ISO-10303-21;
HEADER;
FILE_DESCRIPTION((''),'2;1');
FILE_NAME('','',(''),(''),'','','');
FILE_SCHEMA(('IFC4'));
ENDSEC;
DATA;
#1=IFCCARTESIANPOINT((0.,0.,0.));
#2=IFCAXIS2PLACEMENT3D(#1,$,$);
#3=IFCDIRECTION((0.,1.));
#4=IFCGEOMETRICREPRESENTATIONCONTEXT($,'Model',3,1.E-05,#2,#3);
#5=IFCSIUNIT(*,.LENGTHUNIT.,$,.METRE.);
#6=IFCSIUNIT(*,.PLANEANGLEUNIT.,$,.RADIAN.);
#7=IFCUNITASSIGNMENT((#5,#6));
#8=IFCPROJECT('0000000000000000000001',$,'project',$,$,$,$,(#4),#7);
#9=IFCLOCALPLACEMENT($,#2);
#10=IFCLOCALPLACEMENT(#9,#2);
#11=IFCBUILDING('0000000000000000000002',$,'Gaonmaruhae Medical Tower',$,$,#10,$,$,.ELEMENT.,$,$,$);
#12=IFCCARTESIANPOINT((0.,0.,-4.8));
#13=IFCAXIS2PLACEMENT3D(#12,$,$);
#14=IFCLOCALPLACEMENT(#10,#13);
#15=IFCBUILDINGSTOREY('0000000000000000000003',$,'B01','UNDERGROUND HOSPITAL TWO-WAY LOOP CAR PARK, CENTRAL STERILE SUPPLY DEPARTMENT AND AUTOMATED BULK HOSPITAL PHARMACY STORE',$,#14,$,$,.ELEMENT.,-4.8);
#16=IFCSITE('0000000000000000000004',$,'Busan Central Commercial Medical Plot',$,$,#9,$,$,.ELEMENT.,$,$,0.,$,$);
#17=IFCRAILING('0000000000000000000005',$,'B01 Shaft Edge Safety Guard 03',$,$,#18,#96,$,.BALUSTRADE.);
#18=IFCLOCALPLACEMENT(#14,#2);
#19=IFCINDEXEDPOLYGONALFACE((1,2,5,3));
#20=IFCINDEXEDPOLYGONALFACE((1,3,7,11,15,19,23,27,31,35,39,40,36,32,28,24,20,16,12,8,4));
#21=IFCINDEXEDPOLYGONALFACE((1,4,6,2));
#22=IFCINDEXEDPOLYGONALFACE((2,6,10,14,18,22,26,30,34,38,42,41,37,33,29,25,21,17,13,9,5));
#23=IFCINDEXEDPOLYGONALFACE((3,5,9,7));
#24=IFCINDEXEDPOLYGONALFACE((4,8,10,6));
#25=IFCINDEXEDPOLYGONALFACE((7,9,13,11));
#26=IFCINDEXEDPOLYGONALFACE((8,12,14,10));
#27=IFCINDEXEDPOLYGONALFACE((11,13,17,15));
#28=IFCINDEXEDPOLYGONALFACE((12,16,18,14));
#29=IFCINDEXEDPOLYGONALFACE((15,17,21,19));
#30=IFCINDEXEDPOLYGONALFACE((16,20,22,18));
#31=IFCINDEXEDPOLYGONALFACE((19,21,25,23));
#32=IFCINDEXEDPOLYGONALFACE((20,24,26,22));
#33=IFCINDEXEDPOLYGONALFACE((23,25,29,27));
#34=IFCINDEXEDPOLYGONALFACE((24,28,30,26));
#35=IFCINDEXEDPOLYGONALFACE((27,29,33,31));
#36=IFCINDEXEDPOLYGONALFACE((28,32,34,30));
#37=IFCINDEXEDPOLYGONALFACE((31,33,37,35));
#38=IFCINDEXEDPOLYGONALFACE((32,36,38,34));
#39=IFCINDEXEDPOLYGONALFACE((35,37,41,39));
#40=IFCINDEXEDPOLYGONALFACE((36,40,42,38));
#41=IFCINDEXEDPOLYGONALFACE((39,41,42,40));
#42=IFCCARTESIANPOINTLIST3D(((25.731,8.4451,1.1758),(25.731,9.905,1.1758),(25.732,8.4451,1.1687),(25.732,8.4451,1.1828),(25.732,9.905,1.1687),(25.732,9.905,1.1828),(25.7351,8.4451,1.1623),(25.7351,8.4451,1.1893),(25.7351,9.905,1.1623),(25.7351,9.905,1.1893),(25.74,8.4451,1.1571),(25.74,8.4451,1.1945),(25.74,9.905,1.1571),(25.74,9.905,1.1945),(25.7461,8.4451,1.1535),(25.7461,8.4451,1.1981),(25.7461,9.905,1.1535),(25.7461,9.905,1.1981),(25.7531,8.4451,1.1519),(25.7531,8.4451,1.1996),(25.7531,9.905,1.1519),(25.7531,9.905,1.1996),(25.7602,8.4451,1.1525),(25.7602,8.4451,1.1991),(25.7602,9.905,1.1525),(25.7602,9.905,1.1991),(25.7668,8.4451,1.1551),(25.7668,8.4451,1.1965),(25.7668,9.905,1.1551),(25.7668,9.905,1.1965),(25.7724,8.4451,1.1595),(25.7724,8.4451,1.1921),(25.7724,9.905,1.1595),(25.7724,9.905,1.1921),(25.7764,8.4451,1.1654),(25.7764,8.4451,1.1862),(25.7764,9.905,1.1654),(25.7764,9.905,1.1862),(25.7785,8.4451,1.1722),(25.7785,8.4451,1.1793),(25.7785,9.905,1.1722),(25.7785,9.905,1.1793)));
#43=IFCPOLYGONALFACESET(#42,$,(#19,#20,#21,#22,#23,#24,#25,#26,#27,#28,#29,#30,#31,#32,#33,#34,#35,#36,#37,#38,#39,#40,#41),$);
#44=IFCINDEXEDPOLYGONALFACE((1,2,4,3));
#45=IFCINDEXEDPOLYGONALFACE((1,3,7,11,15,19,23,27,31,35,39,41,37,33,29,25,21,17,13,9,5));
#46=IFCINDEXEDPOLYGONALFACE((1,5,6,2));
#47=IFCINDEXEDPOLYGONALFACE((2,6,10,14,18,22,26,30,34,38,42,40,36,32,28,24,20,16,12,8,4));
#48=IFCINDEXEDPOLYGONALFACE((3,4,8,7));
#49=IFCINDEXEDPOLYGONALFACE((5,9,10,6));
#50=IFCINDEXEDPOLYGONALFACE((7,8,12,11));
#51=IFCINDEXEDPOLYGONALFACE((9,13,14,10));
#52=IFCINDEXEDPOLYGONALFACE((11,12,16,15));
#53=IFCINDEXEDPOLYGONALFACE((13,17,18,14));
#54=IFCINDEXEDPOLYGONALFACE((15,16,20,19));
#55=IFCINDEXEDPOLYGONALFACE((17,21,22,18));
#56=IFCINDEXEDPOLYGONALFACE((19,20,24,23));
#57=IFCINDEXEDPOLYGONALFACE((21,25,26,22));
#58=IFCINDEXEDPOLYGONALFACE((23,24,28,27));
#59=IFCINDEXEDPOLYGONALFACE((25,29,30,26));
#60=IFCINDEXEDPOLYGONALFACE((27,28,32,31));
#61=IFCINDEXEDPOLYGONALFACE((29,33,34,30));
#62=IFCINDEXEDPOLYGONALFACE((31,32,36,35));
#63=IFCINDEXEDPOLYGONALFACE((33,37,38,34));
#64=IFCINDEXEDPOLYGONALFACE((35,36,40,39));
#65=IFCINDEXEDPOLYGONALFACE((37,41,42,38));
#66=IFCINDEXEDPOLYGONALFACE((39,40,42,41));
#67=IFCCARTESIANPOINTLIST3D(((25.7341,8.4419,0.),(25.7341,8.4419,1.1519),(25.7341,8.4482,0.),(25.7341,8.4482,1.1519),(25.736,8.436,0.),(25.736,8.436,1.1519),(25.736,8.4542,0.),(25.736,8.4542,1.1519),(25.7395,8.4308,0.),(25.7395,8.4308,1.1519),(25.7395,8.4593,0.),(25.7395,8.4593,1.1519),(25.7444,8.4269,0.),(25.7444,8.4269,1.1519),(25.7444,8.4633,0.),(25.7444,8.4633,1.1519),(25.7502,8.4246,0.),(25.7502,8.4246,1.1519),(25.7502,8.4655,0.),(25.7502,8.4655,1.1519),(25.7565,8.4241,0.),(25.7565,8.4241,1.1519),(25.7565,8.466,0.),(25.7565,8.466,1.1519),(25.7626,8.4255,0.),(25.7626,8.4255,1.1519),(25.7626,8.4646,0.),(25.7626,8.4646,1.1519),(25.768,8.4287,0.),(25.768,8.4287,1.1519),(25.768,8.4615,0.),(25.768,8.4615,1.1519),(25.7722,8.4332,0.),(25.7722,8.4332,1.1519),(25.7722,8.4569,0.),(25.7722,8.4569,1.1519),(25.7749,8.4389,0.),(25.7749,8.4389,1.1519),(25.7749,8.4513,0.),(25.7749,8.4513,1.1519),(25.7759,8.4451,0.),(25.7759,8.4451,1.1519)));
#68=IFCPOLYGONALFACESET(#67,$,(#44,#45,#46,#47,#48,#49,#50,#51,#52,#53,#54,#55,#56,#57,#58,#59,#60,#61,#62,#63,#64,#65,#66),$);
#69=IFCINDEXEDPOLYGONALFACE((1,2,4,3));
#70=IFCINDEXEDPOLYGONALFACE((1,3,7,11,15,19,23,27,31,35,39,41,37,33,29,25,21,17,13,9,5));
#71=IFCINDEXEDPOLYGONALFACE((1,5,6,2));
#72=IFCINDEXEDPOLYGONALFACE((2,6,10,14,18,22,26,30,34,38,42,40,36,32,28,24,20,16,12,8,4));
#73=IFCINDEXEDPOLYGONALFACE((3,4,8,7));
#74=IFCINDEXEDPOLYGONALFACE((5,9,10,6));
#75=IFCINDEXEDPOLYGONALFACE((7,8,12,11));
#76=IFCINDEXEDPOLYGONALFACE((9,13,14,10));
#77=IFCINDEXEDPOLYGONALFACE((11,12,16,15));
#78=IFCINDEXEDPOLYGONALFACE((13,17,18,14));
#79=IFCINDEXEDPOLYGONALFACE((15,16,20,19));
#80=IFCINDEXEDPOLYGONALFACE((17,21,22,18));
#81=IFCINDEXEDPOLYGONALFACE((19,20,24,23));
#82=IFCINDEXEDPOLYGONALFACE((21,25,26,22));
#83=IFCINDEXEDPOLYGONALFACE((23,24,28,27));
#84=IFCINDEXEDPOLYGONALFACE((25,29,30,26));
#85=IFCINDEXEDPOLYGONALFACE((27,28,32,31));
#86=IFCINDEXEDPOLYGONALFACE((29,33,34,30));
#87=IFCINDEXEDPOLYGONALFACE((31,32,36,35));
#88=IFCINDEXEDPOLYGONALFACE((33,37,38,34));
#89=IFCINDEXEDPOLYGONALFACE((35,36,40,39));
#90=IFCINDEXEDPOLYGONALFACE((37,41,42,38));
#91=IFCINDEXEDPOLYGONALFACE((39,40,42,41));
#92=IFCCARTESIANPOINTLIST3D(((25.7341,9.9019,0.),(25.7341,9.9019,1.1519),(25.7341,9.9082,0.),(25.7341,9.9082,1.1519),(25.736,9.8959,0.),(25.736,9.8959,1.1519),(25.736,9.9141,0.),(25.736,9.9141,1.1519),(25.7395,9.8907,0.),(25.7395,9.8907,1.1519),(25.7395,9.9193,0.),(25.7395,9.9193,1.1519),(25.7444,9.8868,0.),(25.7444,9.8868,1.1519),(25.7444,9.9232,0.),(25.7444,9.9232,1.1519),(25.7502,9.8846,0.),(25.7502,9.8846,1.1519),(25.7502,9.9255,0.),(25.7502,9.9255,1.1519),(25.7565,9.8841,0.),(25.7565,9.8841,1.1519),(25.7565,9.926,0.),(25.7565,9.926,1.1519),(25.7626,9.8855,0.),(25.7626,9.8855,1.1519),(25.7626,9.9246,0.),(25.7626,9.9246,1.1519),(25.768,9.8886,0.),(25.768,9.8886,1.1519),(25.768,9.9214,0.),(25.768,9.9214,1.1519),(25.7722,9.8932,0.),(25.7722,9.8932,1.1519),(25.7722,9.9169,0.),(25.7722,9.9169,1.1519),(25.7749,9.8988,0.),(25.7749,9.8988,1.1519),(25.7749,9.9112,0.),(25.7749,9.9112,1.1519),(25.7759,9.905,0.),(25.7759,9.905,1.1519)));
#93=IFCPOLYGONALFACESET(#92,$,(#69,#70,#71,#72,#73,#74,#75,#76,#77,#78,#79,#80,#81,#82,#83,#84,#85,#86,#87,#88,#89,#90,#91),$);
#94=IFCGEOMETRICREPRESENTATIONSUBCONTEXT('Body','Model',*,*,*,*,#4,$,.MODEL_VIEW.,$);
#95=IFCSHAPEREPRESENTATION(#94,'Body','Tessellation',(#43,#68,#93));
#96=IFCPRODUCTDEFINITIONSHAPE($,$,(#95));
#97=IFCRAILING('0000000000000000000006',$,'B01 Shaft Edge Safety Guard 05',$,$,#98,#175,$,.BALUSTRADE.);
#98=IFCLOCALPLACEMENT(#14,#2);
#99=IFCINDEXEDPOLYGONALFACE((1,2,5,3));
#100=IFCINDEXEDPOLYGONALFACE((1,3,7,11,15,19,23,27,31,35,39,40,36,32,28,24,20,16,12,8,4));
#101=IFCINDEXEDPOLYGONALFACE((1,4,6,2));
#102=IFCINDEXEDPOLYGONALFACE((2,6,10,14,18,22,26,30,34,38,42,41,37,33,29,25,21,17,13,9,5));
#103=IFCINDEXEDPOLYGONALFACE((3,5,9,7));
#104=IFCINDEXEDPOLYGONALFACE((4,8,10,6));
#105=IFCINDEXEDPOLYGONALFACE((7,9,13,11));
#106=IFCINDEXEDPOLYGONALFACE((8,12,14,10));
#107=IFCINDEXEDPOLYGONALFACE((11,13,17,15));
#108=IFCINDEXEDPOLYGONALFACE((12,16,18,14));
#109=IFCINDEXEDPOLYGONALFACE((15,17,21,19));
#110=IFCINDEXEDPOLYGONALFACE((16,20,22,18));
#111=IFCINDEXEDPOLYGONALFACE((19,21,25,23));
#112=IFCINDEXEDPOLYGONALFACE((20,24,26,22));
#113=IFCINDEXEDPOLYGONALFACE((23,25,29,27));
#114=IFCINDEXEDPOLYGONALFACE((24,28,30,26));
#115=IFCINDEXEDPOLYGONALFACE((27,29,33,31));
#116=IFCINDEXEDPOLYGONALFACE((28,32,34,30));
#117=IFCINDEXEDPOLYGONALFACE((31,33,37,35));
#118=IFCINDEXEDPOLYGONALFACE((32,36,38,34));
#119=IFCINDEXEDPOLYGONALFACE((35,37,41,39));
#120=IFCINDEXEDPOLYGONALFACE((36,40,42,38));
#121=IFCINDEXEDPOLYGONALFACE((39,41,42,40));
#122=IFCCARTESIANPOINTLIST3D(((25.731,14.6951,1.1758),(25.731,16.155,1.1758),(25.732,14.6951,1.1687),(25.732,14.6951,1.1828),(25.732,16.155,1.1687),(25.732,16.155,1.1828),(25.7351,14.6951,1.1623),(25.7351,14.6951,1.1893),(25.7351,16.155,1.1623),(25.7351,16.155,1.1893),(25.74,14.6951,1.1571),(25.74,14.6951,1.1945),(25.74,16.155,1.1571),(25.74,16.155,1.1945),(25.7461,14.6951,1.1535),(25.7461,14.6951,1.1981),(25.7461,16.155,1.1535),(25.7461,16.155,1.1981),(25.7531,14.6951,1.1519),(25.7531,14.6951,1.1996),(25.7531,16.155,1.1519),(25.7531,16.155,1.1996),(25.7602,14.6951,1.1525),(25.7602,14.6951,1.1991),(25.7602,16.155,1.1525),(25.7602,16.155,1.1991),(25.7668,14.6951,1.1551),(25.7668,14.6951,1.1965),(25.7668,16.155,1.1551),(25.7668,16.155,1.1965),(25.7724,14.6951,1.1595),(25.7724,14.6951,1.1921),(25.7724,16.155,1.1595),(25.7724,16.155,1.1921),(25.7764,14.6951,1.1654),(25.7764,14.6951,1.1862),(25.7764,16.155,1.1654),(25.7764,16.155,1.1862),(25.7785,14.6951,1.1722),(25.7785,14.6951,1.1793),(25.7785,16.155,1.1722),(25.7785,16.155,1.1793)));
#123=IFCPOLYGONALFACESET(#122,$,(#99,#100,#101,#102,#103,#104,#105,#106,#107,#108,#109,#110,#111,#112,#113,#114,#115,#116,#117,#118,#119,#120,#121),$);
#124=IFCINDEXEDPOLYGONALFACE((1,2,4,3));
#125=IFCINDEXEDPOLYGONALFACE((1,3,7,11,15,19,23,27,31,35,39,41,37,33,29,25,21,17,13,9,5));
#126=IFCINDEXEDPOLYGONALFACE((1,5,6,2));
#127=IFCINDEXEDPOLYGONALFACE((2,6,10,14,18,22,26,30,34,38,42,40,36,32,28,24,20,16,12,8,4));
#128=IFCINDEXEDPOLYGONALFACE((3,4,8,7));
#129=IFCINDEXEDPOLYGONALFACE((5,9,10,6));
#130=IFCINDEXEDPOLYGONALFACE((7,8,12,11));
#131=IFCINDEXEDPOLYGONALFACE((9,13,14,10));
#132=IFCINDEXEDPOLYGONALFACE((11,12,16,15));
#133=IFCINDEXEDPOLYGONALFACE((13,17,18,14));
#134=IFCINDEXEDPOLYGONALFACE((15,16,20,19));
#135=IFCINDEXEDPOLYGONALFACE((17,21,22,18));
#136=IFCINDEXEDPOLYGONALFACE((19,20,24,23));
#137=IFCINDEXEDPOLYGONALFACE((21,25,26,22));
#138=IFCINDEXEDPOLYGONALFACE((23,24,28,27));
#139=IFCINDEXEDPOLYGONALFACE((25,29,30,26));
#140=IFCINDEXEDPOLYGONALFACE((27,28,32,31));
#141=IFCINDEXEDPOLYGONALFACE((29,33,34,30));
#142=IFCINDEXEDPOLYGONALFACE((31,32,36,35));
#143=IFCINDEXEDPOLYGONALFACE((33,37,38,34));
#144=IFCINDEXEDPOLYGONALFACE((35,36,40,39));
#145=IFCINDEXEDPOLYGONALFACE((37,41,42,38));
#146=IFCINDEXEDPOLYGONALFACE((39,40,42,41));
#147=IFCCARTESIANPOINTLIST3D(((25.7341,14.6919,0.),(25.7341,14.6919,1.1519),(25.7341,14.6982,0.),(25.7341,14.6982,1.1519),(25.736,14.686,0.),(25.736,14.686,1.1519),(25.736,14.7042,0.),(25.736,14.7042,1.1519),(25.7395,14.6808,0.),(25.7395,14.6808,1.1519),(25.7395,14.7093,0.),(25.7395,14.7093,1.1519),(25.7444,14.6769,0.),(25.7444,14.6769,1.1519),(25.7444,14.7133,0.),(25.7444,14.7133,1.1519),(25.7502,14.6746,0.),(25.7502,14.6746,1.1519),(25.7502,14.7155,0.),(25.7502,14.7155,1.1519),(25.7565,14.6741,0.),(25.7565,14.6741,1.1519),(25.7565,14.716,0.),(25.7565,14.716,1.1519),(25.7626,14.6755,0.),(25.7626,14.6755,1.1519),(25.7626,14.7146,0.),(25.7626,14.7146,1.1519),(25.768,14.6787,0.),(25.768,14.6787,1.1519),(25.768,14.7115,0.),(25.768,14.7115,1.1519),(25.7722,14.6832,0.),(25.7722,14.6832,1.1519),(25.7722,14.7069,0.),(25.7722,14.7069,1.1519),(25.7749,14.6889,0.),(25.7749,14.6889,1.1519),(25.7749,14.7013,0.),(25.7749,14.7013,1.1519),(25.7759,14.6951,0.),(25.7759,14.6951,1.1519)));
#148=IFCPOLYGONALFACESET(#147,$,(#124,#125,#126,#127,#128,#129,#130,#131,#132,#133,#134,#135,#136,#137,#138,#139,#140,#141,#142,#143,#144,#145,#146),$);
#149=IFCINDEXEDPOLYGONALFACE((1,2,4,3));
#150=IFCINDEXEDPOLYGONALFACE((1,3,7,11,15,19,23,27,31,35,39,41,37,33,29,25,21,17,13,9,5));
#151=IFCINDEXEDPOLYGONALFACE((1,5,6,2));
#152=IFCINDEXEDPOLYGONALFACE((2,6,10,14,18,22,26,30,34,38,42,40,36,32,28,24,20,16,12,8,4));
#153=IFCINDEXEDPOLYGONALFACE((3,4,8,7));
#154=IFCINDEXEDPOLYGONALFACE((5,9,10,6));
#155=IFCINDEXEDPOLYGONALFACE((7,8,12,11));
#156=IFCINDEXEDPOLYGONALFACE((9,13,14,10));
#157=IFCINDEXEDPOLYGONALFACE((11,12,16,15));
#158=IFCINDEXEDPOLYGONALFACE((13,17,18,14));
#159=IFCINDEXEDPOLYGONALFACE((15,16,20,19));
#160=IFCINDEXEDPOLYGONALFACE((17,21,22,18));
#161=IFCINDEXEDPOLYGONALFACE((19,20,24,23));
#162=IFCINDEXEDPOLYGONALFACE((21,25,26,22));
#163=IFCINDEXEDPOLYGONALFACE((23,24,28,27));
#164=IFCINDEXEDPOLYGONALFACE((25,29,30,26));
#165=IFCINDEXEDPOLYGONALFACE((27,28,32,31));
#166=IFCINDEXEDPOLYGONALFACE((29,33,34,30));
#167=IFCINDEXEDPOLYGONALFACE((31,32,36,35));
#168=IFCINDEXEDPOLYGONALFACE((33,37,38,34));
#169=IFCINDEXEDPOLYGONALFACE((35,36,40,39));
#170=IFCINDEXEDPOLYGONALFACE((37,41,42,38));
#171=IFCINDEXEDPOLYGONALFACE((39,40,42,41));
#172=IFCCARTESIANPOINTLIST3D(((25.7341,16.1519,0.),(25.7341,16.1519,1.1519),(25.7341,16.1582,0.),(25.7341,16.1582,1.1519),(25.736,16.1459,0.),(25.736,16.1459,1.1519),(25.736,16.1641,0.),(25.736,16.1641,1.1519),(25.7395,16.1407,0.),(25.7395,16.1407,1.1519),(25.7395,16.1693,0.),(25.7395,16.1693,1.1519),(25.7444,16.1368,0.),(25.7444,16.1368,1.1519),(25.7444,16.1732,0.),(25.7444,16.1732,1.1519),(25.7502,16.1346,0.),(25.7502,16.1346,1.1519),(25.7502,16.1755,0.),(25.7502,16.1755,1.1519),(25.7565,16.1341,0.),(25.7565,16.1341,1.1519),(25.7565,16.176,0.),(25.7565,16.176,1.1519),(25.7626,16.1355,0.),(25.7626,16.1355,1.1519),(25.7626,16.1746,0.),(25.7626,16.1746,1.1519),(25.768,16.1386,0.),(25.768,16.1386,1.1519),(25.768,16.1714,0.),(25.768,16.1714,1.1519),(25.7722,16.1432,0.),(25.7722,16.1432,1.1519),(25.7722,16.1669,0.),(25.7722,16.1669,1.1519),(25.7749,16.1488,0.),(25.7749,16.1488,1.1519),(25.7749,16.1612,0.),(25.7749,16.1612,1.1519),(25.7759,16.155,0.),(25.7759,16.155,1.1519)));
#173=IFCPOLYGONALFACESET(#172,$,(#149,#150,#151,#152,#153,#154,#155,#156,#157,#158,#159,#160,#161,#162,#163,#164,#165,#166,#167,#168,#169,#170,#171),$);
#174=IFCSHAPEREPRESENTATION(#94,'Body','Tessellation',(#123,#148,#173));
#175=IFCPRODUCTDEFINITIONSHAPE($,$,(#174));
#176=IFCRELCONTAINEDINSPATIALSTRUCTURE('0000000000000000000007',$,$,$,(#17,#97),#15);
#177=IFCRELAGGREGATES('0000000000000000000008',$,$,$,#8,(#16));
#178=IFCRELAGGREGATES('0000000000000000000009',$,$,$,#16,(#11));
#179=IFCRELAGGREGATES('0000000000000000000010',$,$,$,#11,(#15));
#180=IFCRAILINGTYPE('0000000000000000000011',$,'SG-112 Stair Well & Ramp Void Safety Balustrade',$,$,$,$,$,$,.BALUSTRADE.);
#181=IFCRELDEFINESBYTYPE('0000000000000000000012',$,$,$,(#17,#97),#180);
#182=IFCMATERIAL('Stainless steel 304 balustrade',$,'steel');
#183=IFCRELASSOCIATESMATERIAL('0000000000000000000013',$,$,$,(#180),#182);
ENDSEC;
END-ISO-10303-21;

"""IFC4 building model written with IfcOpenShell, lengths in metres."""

from ifc_helpers import new_model, si_unit, direction, frame, origin, origin_2d, place, context, subcontext, project, spatial, circle, extrude, material, type_object, element, save


model = new_model("IFC4")

# Units and contexts
model_context = context("Model", 3, precision=1e-05, world=origin(), true_north=direction((0.0, 1.0)))
body_context = subcontext(model_context, "Body", "Model", "MODEL_VIEW")
ifc_project = project(units=[si_unit("LENGTHUNIT", "METRE"), si_unit("PLANEANGLEUNIT", "RADIAN")], contexts=[model_context])

# Site, building, storey
site_placement = place(None, origin())
site = spatial("IfcSite", under=ifc_project, at=site_placement, Name="Busan Central Commercial Medical Plot", CompositionType="ELEMENT", RefElevation=0.0)
building_placement = place(site_placement, origin())
building = spatial("IfcBuilding", under=site, at=building_placement, Name="Gaonmaruhae Medical Tower", CompositionType="ELEMENT")
storey_placement = place(building_placement, frame((0.0, 0.0, -4.8)))
storey = spatial("IfcBuildingStorey", under=building, at=storey_placement, Name="B01", Description="UNDERGROUND HOSPITAL TWO-WAY LOOP CAR PARK, CENTRAL STERILE SUPPLY DEPARTMENT AND AUTOMATED BULK HOSPITAL PHARMACY STORE", CompositionType="ELEMENT", Elevation=-4.8)

# Railings
ifc_material_1 = material(Name="Stainless steel 304 balustrade", Category="steel")
railing_type_1 = type_object("IfcRailingType", Name="SG-112 Stair Well & Ramp Void Safety Balustrade", PredefinedType="BALUSTRADE", material=ifc_material_1)
for number, where, name in (
    (1, (25.7549, 8.4451, 0.0), "B01 Shaft Edge Safety Guard 03"),
    (2, (25.7549, 14.6951, 0.0), "B01 Shaft Edge Safety Guard 05"),
):
    element("IfcRailing", number, at=place(storey_placement, frame(where)), inside=storey, type_object=railing_type_1, Name=name, PredefinedType="BALUSTRADE", context=body_context, shape_type="SweptSolid", body=[
        extrude(circle(Radius=0.0239, at=origin_2d()), frame((0.0, 0.0, 1.1758), z_axis=(0.0, 1.0, 0.0), x_axis=(-1.0, 0.0, 0.0)), (0.0, 0.0, 1.0), 1.46),
        extrude(circle(Radius=0.021, at=origin_2d()), origin(), (0.0, 0.0, 1.0), 1.1519),
        extrude(circle(Radius=0.021, at=origin_2d()), frame((0.0, 1.46, 0.0)), (0.0, 0.0, 1.0), 1.1519),
    ])

save(model, "model.ifc")
